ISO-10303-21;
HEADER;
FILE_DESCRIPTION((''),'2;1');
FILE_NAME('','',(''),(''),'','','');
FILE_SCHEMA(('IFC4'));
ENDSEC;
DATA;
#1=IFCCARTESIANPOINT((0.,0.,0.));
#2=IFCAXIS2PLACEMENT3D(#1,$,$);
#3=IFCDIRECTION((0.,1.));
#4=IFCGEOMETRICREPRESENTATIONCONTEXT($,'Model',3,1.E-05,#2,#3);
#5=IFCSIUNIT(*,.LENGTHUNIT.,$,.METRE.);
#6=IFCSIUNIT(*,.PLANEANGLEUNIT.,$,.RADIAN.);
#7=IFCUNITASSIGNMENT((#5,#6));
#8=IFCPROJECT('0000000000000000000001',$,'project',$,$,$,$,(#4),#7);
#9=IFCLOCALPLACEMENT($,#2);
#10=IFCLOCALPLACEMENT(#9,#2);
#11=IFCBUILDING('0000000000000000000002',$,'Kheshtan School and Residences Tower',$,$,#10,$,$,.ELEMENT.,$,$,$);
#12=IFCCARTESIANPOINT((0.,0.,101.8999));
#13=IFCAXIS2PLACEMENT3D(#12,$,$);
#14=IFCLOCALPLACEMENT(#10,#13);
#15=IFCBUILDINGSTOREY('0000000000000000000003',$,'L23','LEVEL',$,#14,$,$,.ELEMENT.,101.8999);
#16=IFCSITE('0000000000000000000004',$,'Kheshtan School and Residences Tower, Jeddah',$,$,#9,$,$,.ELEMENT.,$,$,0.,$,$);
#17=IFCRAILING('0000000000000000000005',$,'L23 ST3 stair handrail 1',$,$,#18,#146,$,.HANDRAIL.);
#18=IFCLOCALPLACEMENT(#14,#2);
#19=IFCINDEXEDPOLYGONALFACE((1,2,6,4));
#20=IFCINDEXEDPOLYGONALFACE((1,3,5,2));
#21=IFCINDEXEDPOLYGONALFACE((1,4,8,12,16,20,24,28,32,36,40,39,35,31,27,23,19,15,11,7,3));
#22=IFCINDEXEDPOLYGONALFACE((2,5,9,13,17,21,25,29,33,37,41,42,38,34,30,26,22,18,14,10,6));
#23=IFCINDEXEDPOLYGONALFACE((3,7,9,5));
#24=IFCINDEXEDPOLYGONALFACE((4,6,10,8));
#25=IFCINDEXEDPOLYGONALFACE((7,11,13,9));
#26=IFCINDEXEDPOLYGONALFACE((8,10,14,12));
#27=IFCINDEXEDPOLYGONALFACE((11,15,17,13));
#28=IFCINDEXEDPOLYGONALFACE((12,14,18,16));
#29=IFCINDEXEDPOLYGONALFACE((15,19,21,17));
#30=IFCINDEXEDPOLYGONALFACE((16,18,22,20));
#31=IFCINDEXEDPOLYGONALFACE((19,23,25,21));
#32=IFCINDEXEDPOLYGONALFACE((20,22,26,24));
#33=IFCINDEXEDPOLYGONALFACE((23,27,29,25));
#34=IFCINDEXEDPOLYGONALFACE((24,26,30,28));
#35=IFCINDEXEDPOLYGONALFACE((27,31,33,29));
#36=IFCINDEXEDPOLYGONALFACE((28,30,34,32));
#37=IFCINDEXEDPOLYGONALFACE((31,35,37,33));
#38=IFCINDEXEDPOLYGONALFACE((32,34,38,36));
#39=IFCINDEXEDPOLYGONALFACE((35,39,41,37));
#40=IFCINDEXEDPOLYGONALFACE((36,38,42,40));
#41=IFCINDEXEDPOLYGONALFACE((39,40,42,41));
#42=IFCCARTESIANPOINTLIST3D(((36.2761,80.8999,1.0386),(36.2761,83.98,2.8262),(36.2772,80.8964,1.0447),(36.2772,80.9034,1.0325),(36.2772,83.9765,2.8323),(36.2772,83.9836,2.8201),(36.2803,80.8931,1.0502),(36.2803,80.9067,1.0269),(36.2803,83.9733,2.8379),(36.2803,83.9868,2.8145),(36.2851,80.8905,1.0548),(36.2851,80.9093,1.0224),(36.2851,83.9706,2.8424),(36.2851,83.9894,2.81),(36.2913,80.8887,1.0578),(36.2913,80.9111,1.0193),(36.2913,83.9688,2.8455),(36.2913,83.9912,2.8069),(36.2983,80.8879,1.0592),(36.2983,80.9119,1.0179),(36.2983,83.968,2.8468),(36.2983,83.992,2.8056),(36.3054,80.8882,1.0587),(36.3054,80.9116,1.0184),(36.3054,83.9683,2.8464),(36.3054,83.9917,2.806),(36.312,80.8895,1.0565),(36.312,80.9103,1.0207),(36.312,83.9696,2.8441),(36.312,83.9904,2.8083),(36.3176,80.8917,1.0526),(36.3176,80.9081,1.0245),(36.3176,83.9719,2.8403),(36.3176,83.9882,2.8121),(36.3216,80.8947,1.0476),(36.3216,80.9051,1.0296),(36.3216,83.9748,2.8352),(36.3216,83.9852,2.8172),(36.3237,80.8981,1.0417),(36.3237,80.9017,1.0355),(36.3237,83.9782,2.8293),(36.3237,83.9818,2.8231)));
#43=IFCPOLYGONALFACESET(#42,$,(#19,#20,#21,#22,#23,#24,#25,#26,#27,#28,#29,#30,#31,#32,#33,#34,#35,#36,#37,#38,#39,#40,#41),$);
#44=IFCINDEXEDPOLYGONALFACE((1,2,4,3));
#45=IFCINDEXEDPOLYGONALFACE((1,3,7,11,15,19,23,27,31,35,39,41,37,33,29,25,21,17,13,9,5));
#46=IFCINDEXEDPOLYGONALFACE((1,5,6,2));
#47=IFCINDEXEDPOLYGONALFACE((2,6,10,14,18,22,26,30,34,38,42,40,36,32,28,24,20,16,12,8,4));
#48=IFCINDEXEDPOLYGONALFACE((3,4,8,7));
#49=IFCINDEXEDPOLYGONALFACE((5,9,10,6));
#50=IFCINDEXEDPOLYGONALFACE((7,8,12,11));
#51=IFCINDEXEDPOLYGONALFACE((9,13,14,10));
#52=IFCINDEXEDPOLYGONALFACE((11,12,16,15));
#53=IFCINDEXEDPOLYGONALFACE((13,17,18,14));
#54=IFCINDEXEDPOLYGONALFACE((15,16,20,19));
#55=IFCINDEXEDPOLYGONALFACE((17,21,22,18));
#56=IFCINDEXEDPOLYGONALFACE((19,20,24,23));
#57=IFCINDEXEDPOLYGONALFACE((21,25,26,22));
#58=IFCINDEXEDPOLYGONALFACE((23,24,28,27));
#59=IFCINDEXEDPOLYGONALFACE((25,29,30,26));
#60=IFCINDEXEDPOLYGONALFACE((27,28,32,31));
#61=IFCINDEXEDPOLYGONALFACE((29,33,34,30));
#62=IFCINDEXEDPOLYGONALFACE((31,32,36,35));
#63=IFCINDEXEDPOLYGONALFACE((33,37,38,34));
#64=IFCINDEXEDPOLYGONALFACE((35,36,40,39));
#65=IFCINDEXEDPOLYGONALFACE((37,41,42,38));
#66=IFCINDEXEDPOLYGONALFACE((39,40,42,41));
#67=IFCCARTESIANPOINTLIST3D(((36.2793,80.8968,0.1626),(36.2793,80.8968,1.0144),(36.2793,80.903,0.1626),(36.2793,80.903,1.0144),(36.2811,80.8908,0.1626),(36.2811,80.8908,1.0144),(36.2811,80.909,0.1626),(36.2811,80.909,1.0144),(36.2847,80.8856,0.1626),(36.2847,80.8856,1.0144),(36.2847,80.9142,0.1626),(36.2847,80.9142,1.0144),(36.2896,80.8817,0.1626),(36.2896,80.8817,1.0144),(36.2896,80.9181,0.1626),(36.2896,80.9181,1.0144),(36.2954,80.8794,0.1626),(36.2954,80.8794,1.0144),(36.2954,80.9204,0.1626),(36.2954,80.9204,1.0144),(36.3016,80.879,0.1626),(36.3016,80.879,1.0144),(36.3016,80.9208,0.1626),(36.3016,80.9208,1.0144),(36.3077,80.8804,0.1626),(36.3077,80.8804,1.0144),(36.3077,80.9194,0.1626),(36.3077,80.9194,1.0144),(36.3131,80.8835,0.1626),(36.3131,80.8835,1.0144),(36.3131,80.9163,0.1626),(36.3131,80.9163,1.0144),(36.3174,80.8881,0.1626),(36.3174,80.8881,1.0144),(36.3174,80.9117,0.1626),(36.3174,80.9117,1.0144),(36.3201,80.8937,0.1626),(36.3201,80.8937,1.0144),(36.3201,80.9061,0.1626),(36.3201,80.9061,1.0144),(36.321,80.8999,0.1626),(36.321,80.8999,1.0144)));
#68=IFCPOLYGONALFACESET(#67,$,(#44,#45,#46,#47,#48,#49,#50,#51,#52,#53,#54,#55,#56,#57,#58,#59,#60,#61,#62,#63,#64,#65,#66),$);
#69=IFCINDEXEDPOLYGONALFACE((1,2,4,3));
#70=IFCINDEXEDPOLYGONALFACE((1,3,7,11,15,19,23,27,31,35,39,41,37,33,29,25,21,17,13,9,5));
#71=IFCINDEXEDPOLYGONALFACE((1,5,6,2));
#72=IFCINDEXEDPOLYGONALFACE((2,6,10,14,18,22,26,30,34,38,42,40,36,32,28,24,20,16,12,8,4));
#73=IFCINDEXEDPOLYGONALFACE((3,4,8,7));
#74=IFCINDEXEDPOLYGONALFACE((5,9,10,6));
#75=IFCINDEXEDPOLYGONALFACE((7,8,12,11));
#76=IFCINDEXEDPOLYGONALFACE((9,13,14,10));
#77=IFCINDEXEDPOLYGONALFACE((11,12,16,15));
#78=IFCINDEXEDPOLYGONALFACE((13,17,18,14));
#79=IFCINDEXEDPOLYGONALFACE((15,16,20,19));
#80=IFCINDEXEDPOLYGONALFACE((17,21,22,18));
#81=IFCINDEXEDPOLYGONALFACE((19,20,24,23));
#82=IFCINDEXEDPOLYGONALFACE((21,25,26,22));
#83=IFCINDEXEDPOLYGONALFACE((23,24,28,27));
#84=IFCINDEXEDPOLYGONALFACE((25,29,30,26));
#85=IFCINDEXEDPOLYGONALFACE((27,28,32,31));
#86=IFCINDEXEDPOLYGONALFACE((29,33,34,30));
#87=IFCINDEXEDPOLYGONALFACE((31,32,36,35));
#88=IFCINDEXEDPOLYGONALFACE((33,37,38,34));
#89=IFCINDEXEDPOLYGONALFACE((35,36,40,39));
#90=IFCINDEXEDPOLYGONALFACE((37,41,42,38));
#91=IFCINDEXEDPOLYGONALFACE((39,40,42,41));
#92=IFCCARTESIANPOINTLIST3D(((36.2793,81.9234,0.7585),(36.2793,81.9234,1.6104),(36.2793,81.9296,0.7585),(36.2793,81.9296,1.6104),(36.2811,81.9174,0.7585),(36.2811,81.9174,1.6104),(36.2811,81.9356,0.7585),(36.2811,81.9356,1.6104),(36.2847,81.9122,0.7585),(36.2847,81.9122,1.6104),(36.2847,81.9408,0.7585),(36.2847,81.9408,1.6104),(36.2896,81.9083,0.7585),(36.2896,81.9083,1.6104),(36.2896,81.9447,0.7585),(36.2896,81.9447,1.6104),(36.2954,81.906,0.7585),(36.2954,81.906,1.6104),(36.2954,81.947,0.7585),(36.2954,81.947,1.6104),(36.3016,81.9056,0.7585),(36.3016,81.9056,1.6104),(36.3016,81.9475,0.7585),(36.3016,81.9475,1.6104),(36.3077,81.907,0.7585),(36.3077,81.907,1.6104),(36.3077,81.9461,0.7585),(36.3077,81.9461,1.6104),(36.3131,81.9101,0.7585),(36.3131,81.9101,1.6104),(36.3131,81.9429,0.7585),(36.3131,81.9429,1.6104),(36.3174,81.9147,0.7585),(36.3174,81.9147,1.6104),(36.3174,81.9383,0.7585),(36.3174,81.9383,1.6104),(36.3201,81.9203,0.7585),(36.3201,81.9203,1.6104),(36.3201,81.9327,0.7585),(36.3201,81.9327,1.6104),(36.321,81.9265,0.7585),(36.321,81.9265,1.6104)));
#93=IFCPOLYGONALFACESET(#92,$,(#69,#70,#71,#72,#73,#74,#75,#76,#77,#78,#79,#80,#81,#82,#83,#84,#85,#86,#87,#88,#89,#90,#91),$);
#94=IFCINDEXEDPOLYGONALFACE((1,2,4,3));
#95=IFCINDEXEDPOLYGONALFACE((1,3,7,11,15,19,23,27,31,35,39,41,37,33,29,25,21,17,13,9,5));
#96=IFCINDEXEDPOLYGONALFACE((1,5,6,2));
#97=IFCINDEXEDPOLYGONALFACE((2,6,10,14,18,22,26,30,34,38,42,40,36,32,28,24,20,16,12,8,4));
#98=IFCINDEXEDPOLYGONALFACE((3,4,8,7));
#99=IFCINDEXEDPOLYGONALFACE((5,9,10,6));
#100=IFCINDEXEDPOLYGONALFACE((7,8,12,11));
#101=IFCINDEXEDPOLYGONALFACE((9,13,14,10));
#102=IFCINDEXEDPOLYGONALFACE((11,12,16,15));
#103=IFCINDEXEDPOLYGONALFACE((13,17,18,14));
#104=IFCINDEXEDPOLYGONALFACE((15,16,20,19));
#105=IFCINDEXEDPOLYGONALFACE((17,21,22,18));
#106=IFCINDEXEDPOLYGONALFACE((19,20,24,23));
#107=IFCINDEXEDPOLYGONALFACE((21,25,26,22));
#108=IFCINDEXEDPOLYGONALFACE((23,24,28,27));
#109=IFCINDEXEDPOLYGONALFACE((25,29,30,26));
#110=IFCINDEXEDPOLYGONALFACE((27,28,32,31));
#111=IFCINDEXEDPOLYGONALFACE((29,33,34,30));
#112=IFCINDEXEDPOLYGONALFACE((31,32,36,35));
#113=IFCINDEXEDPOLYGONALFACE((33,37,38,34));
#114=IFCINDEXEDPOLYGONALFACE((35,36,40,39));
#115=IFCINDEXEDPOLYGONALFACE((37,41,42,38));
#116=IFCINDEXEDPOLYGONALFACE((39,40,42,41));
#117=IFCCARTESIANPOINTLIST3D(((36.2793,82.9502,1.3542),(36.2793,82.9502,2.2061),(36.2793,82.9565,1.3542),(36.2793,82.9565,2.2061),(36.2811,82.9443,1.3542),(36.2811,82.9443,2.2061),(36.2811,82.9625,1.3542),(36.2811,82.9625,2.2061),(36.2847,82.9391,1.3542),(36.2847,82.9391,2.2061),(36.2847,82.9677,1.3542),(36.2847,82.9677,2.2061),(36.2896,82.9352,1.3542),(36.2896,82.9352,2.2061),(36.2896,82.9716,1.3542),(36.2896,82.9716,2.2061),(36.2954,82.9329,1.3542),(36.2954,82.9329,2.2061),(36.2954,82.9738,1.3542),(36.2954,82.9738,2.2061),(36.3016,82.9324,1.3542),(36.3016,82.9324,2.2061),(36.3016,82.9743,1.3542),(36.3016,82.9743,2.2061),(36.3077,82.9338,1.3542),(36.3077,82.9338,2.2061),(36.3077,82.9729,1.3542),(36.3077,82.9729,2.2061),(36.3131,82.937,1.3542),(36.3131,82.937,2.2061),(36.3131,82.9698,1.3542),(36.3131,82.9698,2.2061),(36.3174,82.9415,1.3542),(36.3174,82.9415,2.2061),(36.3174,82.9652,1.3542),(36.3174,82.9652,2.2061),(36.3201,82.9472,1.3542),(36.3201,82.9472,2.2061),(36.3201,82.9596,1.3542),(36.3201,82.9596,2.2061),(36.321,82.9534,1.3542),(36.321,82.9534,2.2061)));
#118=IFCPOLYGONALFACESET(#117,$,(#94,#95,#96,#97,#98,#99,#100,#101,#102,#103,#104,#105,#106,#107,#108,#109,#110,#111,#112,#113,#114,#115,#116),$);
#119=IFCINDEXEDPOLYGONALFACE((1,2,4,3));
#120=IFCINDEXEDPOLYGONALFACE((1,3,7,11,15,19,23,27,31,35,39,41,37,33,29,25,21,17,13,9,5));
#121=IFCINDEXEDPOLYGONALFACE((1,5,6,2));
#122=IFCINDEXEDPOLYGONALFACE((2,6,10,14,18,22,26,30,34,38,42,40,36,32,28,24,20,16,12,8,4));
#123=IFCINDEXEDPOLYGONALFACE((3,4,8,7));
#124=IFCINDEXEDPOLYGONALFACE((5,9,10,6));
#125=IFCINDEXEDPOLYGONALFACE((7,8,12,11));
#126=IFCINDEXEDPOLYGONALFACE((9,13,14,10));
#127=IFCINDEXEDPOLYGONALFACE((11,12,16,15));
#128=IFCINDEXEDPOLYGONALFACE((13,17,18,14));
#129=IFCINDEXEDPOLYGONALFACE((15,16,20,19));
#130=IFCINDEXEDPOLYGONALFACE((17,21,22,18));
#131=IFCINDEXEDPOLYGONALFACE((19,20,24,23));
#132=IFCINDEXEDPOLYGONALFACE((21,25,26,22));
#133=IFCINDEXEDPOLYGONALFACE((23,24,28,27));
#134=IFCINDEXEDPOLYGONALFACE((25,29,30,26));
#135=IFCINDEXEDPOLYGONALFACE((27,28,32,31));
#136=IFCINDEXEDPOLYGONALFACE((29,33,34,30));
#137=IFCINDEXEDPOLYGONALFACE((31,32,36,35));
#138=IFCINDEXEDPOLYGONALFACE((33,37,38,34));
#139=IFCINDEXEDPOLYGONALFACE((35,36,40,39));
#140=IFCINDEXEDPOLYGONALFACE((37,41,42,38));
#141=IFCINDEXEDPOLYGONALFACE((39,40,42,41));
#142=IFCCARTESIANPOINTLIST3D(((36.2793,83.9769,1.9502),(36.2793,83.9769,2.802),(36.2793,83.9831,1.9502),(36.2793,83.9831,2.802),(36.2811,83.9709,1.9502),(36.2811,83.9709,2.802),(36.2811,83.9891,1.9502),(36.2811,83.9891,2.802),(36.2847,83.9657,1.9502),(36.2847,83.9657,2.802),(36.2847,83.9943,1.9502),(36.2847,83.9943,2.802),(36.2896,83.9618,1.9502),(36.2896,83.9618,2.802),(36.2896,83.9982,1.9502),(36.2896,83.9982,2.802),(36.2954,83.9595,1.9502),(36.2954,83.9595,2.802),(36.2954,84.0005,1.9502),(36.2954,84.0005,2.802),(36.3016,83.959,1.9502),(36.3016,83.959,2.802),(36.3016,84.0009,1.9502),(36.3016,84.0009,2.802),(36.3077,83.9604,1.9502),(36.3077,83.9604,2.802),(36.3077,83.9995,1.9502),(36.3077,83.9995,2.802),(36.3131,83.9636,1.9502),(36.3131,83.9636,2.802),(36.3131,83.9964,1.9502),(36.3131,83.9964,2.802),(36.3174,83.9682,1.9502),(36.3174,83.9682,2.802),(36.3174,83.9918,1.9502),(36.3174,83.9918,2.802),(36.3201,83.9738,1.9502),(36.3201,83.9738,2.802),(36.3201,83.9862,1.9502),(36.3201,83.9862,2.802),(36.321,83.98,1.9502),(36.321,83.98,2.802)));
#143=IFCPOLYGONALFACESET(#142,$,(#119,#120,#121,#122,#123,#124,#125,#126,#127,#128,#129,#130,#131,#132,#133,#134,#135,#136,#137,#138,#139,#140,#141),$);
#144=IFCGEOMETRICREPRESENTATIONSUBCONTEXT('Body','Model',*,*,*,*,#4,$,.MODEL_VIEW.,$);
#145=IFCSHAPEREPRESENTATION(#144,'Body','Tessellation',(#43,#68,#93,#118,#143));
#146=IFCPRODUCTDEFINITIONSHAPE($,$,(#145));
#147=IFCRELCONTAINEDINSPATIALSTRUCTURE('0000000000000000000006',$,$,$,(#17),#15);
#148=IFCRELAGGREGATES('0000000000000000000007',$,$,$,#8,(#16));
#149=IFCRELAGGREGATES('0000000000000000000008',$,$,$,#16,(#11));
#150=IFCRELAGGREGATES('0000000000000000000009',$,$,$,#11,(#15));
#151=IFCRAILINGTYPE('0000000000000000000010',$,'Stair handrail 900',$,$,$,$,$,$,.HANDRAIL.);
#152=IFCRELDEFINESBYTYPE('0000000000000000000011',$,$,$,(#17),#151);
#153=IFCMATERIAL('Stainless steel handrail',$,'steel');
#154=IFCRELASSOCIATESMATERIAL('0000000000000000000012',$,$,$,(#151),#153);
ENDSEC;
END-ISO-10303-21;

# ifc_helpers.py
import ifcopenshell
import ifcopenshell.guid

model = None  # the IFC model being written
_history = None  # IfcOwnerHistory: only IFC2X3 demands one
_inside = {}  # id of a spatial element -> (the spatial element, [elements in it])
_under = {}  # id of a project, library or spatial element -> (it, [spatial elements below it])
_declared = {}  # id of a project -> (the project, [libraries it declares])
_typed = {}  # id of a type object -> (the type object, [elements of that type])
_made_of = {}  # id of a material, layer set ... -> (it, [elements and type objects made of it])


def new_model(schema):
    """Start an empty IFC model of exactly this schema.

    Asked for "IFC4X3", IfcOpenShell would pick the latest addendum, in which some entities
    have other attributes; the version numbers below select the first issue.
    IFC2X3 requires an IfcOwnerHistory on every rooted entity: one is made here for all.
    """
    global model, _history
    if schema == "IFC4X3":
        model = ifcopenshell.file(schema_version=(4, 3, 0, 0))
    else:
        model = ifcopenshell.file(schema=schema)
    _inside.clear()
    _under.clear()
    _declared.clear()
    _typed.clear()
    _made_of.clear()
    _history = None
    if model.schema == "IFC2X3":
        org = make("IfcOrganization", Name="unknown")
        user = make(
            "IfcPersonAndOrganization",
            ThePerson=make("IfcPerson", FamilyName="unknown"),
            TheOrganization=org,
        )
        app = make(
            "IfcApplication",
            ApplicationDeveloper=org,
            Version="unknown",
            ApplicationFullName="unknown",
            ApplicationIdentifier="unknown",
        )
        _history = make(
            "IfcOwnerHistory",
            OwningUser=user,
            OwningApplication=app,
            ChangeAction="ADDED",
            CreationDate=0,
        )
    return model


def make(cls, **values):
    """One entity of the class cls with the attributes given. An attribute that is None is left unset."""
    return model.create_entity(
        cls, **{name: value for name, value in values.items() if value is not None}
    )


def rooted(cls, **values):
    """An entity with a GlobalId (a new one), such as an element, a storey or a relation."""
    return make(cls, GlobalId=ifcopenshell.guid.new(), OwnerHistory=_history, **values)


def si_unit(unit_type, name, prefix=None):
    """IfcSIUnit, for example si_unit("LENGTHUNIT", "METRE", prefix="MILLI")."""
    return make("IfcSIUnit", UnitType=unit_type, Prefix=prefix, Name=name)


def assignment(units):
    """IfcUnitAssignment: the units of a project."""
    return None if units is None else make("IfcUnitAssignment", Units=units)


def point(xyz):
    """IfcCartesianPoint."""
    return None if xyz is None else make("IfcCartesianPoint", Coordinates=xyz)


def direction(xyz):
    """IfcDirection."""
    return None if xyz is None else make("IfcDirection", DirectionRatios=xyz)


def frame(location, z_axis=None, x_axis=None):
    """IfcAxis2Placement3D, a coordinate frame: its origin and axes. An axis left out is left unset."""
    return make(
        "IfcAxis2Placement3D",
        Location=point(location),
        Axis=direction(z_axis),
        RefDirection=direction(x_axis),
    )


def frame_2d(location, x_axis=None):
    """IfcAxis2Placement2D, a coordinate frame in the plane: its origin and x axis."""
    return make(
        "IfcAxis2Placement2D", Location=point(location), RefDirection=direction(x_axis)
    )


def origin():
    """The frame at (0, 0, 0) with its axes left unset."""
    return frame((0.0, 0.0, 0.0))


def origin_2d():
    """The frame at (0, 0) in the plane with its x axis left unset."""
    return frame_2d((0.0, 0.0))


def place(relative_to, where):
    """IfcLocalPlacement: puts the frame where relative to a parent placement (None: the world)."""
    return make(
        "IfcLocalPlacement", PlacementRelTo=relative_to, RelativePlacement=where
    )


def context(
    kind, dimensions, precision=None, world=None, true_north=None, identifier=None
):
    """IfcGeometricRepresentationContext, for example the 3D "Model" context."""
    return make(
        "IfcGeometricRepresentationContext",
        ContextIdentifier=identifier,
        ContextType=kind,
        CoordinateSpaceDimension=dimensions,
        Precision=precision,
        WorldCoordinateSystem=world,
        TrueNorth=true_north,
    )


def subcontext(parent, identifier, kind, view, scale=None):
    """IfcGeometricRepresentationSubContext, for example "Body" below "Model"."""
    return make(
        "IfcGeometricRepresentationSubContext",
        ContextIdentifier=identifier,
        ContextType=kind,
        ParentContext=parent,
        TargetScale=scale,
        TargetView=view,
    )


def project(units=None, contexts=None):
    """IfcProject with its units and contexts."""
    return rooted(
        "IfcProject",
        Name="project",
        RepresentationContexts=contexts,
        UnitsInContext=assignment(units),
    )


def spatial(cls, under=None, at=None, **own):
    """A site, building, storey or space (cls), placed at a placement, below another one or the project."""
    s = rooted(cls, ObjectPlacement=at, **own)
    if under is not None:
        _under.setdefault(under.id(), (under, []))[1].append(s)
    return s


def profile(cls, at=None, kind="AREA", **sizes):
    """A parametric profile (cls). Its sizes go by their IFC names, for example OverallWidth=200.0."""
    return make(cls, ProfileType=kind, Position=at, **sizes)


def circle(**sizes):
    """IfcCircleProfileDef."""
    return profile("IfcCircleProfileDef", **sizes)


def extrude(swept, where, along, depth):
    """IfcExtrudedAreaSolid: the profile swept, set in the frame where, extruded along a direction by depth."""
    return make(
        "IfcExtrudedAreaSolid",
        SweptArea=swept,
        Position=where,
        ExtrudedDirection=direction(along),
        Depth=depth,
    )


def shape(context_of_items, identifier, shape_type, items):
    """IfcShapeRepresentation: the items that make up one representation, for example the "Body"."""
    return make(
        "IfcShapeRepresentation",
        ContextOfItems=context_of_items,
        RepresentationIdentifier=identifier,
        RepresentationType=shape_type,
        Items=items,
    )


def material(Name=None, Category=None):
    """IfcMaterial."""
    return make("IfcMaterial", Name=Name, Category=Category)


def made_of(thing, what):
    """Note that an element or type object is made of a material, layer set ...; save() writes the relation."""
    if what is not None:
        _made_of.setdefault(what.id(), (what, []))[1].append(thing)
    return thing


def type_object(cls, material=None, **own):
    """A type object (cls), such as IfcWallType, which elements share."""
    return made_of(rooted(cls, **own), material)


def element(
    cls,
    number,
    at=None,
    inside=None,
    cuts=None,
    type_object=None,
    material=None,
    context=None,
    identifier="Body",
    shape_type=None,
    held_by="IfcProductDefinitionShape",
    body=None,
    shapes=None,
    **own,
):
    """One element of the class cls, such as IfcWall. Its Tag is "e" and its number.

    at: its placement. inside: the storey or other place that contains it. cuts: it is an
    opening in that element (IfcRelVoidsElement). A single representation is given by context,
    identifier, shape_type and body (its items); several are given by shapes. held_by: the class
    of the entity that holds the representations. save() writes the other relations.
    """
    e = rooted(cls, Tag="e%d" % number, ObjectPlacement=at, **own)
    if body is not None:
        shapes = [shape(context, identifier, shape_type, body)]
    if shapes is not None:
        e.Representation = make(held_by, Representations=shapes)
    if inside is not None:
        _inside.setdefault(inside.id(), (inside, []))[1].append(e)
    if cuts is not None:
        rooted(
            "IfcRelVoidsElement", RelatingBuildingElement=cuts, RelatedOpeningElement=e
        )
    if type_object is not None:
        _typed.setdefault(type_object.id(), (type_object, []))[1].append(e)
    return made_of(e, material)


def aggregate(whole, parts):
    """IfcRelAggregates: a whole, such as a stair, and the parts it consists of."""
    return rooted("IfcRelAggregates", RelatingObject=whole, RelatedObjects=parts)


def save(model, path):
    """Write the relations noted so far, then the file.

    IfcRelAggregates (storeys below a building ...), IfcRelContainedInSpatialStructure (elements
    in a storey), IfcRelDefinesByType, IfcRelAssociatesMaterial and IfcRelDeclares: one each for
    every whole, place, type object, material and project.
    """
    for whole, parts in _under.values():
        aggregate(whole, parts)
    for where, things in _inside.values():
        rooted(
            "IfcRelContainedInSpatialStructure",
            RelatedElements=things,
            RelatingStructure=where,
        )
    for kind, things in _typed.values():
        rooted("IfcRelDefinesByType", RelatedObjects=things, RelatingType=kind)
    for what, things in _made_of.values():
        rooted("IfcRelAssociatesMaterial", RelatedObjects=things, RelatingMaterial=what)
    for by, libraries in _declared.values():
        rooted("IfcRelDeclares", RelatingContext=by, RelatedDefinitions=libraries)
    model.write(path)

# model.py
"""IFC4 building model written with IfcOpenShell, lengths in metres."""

from ifc_helpers import new_model, si_unit, direction, frame, origin, origin_2d, place, context, subcontext, project, spatial, circle, extrude, material, type_object, element, save


model = new_model("IFC4")

# Units and contexts
model_context = context("Model", 3, precision=1e-05, world=origin(), true_north=direction((0.0, 1.0)))
body_context = subcontext(model_context, "Body", "Model", "MODEL_VIEW")
ifc_project = project(units=[si_unit("LENGTHUNIT", "METRE"), si_unit("PLANEANGLEUNIT", "RADIAN")], contexts=[model_context])

# Site, building, storey
site_placement = place(None, origin())
site = spatial("IfcSite", under=ifc_project, at=site_placement, Name="Kheshtan School and Residences Tower, Jeddah", CompositionType="ELEMENT", RefElevation=0.0)
building_placement = place(site_placement, origin())
building = spatial("IfcBuilding", under=site, at=building_placement, Name="Kheshtan School and Residences Tower", CompositionType="ELEMENT")
storey_placement = place(building_placement, frame((0.0, 0.0, 101.8999)))
storey = spatial("IfcBuildingStorey", under=building, at=storey_placement, Name="L23", Description="LEVEL", CompositionType="ELEMENT", Elevation=101.8999)

# Railing
ifc_material_1 = material(Name="Stainless steel handrail", Category="steel")
railing_type_1 = type_object("IfcRailingType", Name="Stair handrail 900", PredefinedType="HANDRAIL", material=ifc_material_1)
railing_1_placement = place(storey_placement, frame((36.3, 80.8999, 0.1626)))
element("IfcRailing", 1, at=railing_1_placement, inside=storey, type_object=railing_type_1, Name="L23 ST3 stair handrail 1", PredefinedType="HANDRAIL", context=body_context, shape_type="SweptSolid", body=[
    extrude(circle(Radius=0.0239, at=origin_2d()), frame((0.0, 0.0, 0.876), z_axis=(0.0, 0.864891, 0.50196), x_axis=(-1.0, 0.0, 0.0)), (0.0, 0.0, 1.0), 3.5613),
    extrude(circle(Radius=0.021, at=origin_2d()), origin(), (0.0, 0.0, 1.0), 0.8518),
    extrude(circle(Radius=0.021, at=origin_2d()), frame((0.0, 1.0266, 0.5959)), (0.0, 0.0, 1.0), 0.8518),
    extrude(circle(Radius=0.021, at=origin_2d()), frame((0.0, 2.0535, 1.1917)), (0.0, 0.0, 1.0), 0.8518),
    extrude(circle(Radius=0.021, at=origin_2d()), frame((0.0, 3.0801, 1.7876)), (0.0, 0.0, 1.0), 0.8518),
])

save(model, "model.ifc")
